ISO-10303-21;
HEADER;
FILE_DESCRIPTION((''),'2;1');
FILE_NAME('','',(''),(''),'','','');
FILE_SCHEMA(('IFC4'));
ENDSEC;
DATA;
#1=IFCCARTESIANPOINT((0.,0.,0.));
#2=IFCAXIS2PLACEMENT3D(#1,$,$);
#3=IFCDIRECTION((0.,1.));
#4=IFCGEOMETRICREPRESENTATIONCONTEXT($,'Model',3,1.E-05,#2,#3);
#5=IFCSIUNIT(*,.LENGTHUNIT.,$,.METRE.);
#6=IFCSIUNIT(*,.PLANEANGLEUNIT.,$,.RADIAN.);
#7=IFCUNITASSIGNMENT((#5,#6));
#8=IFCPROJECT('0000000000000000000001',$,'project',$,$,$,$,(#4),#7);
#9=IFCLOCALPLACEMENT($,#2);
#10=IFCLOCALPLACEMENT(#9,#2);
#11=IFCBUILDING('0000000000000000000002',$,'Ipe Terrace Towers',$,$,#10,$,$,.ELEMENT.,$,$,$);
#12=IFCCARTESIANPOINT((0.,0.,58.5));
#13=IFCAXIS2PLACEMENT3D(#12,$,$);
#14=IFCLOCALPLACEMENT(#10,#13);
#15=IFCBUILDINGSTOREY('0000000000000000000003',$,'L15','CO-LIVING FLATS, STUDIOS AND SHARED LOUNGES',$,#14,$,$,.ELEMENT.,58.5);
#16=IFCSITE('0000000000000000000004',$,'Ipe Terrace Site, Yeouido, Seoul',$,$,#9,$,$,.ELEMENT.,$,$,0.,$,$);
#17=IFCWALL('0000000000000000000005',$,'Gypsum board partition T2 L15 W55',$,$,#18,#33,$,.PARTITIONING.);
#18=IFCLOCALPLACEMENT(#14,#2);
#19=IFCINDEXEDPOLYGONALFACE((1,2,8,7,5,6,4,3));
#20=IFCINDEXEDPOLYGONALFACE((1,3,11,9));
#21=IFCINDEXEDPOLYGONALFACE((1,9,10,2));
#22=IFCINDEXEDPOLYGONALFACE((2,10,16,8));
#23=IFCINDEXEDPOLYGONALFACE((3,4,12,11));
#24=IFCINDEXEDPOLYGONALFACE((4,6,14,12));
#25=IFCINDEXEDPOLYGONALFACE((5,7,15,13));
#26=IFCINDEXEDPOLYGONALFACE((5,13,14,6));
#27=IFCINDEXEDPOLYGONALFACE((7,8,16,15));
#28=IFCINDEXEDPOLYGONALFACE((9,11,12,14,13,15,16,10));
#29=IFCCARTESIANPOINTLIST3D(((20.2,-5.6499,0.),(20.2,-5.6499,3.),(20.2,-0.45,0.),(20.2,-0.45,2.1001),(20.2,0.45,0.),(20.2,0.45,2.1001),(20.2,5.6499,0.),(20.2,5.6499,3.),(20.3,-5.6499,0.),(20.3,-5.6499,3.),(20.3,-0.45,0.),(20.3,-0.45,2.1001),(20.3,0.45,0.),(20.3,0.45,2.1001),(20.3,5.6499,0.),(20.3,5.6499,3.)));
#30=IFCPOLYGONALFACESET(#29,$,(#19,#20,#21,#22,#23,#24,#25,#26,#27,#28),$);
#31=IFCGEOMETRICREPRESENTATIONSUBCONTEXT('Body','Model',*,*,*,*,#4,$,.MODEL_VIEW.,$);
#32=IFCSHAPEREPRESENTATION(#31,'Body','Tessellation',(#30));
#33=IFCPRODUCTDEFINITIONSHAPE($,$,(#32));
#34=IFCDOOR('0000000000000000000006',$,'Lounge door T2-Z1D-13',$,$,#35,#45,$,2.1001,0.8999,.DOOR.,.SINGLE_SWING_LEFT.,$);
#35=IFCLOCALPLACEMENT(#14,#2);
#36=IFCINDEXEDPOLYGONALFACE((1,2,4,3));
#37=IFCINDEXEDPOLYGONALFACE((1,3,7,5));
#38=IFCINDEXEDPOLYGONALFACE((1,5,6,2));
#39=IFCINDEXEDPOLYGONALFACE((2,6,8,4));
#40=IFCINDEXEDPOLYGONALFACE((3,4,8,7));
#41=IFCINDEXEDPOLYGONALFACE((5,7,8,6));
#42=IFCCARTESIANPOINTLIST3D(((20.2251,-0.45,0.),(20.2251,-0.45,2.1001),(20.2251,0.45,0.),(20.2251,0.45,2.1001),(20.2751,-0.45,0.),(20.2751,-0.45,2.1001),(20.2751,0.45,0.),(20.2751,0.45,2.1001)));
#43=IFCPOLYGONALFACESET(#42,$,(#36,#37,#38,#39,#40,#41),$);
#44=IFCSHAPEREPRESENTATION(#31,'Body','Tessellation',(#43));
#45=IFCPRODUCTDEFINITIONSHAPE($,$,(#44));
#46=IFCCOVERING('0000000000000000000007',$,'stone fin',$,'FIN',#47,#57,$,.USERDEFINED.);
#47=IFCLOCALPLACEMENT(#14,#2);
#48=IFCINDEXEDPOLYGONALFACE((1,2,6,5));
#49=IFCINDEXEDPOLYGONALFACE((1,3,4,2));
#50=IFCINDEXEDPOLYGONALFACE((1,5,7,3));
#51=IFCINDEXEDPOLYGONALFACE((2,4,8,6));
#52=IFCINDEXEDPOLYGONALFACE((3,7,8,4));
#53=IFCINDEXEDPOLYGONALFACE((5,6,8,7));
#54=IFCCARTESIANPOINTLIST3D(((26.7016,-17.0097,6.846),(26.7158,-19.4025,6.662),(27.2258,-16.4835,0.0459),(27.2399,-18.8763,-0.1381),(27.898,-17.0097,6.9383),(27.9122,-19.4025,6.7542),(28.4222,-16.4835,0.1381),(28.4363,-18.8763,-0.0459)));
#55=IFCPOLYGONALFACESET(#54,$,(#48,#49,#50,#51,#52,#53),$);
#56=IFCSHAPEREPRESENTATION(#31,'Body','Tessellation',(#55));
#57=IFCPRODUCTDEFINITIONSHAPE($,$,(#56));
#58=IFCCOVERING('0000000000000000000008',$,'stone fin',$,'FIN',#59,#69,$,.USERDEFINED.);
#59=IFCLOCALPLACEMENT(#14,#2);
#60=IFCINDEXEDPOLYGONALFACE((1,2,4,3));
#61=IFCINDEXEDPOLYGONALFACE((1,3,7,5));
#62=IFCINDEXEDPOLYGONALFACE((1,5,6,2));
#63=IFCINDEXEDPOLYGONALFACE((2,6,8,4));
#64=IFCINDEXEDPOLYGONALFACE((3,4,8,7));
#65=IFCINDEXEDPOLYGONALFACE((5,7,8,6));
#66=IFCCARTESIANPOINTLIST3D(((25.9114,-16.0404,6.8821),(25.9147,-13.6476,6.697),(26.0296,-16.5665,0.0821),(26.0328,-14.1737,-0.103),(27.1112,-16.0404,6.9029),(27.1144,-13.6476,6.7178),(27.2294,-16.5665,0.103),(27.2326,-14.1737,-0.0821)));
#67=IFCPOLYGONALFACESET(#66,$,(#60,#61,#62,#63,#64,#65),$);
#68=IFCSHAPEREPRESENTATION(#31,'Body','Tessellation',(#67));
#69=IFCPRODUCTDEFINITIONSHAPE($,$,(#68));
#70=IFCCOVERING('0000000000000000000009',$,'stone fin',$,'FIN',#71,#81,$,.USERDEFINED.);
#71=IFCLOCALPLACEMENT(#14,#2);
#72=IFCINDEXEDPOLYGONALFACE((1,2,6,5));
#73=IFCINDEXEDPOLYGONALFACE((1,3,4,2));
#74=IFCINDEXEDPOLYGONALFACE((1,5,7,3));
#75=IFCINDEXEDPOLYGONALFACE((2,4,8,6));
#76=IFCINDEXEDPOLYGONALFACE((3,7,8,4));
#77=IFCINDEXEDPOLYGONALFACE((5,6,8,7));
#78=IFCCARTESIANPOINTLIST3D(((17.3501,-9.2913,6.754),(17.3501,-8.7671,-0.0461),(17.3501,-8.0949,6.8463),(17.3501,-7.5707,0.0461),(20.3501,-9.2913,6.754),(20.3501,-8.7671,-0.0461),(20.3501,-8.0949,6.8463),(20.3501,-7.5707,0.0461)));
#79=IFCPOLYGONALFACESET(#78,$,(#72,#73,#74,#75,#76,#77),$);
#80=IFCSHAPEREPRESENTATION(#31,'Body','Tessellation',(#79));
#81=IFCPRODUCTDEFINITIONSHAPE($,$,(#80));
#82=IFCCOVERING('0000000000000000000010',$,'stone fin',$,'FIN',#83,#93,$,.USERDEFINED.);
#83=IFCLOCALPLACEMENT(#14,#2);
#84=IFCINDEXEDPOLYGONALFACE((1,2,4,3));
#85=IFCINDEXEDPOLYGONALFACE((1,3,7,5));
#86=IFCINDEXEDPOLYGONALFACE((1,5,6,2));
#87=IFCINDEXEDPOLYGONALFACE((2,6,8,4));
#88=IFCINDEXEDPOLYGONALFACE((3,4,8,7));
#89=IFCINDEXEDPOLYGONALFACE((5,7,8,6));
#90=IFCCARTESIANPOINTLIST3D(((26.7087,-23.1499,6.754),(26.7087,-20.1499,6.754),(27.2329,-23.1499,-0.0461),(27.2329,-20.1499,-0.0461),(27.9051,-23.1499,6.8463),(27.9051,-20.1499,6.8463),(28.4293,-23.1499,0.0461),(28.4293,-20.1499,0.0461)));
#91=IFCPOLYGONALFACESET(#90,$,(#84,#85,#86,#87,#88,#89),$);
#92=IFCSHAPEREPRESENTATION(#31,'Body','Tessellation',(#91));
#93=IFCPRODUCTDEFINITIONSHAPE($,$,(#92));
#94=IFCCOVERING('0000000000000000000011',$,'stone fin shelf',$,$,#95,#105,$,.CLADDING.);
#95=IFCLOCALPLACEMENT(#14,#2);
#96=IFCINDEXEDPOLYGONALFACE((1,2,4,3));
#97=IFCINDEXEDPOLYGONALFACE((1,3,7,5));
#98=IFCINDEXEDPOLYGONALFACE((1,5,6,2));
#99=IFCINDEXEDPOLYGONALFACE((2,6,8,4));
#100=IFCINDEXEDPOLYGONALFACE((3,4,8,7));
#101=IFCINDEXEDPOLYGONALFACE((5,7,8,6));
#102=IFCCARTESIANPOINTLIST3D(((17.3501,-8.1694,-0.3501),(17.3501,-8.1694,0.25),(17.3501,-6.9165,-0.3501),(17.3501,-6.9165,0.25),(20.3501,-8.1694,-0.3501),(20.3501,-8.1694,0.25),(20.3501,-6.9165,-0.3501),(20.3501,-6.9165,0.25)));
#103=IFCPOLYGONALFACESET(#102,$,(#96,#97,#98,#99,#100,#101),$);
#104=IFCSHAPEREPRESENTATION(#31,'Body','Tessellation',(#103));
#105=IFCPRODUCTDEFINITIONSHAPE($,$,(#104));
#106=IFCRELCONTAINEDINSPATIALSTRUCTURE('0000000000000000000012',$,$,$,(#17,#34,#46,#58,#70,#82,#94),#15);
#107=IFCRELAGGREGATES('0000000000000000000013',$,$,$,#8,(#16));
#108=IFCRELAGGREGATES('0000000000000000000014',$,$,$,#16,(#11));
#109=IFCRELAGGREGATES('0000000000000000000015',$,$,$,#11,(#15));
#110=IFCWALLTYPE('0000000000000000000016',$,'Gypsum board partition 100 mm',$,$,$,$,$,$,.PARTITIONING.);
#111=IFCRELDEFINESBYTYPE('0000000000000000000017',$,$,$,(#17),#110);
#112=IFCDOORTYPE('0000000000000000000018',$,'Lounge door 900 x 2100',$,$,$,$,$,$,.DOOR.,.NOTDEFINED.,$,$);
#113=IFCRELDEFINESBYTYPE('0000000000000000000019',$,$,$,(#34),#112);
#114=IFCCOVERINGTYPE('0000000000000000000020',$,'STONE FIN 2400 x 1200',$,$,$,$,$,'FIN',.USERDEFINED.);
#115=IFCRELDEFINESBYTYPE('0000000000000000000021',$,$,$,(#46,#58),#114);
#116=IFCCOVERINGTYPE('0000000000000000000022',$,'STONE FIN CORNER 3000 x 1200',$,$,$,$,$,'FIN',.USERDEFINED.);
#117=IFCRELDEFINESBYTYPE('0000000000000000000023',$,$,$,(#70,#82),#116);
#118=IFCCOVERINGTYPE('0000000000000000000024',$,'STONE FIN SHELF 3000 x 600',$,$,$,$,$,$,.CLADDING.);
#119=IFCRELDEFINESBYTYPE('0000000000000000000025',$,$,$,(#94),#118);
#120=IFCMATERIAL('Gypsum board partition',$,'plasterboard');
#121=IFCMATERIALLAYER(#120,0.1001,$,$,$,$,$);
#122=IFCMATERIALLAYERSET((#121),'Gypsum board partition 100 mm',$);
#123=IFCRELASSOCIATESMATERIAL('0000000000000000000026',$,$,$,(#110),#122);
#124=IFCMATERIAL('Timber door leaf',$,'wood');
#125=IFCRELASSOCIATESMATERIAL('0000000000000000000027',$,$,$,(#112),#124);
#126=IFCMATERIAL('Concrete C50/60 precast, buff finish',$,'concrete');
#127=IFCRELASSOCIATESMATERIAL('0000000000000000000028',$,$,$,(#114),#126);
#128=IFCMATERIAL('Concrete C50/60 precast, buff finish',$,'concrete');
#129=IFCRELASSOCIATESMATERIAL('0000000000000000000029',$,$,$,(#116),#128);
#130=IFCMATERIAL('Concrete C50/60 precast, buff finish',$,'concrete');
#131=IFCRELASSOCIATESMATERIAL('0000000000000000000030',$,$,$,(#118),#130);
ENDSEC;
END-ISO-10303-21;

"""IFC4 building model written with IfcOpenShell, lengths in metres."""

from ifc_helpers import new_model, si_unit, direction, frame, frame_2d, origin, origin_2d, place, context, subcontext, project, spatial, rectangle, extrude, material, layer, layer_set, material_profile, profile_set, type_object, element, fill, save


model = new_model("IFC4")

# Units and contexts
model_context = context("Model", 3, precision=1e-05, world=origin(), true_north=direction((0.0, 1.0)))
body_context = subcontext(model_context, "Body", "Model", "MODEL_VIEW")
ifc_project = project(units=[si_unit("LENGTHUNIT", "METRE"), si_unit("PLANEANGLEUNIT", "RADIAN")], contexts=[model_context])

# Site, building, storey
site_placement = place(None, origin())
site = spatial("IfcSite", under=ifc_project, at=site_placement, Name="Ipe Terrace Site, Yeouido, Seoul", CompositionType="ELEMENT", RefElevation=0.0)
building_placement = place(site_placement, origin())
building = spatial("IfcBuilding", under=site, at=building_placement, Name="Ipe Terrace Towers", CompositionType="ELEMENT")
storey_placement = place(building_placement, frame((0.0, 0.0, 58.5)))
storey = spatial("IfcBuildingStorey", under=building, at=storey_placement, Name="L15", Description="CO-LIVING FLATS, STUDIOS AND SHARED LOUNGES", CompositionType="ELEMENT", Elevation=58.5)

# Shared definitions
ifc_material_1 = material(Name="Gypsum board partition", Category="plasterboard")
ifc_layer_1 = layer(ifc_material_1, 0.1001)
ifc_layer_set_1 = layer_set([ifc_layer_1], Name="Gypsum board partition 100 mm")
wall_type_1 = type_object("IfcWallType", Name="Gypsum board partition 100 mm", PredefinedType="PARTITIONING", material=ifc_layer_set_1)

# Wall, opening, door
wall_1_placement = place(storey_placement, frame((20.25, -5.6499, 0.0), z_axis=(0.0, 0.0, 1.0), x_axis=(0.0, 1.0, 0.0)))
wall_1 = element("IfcWall", 1, at=wall_1_placement, inside=storey, type_object=wall_type_1, Name="Gypsum board partition T2 L15 W55", PredefinedType="PARTITIONING", context=body_context, shape_type="SweptSolid", body=[
    extrude(rectangle(XDim=11.2998, YDim=0.1001, at=frame_2d((5.6499, 0.0))), origin(), (0.0, 0.0, 1.0), 3.0),
])
opening_1_placement = place(wall_1_placement, frame((5.2, 0.0, 0.0)))
opening_1 = element("IfcOpeningElement", 2, at=opening_1_placement, cuts=wall_1, PredefinedType="OPENING", context=body_context, shape_type="SweptSolid", body=[
    extrude(rectangle(XDim=0.8999, YDim=2.1001, at=frame_2d((0.45, 1.05))), frame((0.0, 0.0601, 0.0), z_axis=(0.0, -1.0, 0.0), x_axis=(1.0, 0.0, 0.0)), (0.0, 0.0, 1.0), 0.1201),
])
ifc_material_2 = material(Name="Timber door leaf", Category="wood")
door_type_1 = type_object("IfcDoorType", Name="Lounge door 900 x 2100", OperationType="NOTDEFINED", PredefinedType="DOOR", material=ifc_material_2)
door_1_placement = place(opening_1_placement, origin())
door_1 = element("IfcDoor", 3, at=door_1_placement, inside=storey, type_object=door_type_1, Name="Lounge door T2-Z1D-13", OperationType="SINGLE_SWING_LEFT", OverallHeight=2.1001, OverallWidth=0.8999, PredefinedType="DOOR", context=body_context, shape_type="SweptSolid", body=[
    extrude(rectangle(XDim=0.8999, YDim=2.1001, at=frame_2d((0.45, 1.05))), frame((0.0, 0.0249, 0.0), z_axis=(0.0, -1.0, 0.0), x_axis=(1.0, 0.0, 0.0)), (0.0, 0.0, 1.0), 0.05),
])
fill(opening_1, door_1)

# Coverings
ifc_material_3 = material(Name="Concrete C50/60 precast, buff finish", Category="concrete")
ifc_material_profile_1 = material_profile(ifc_material_3, rectangle(XDim=2.3999, YDim=1.2, at=origin_2d()), Name="STONE FIN 2400 x 1200")
ifc_profile_set_1 = profile_set([ifc_material_profile_1], Name="Concrete C50/60 precast, buff finish")
covering_type_1 = type_object("IfcCoveringType", Name="STONE FIN 2400 x 1200", ElementType="FIN", PredefinedType="USERDEFINED", material=ifc_profile_set_1)
covering_1_placement = place(storey_placement, frame((27.8311, -17.6799, 0.0), z_axis=(-0.076628, -0.076913, 0.994089), x_axis=(0.005911, -0.997038, -0.076686)))
element("IfcCovering", 4, at=covering_1_placement, inside=storey, type_object=covering_type_1, Name="stone fin", ObjectType="FIN", PredefinedType="USERDEFINED", context=body_context, shape_type="SweptSolid", body=[
    extrude(rectangle(XDim=2.3999, YDim=1.2, at=origin_2d()), origin(), (0.0, 0.0, 1.0), 6.8406),
])
covering_2_placement = place(storey_placement, frame((26.6311, -15.3701, 0.0), z_axis=(-0.017323, 0.077128, 0.996871), x_axis=(-0.00134, -0.997021, 0.077117)))
element("IfcCovering", 5, at=covering_2_placement, inside=storey, type_object=covering_type_1, Name="stone fin", ObjectType="FIN", PredefinedType="USERDEFINED", context=body_context, shape_type="SweptSolid", body=[
    extrude(rectangle(XDim=2.3999, YDim=1.2, at=origin_2d()), origin(), (0.0, 0.0, 1.0), 6.8213),
])
ifc_material_4 = material(Name="Concrete C50/60 precast, buff finish", Category="concrete")
ifc_material_profile_2 = material_profile(ifc_material_4, rectangle(XDim=3.0, YDim=1.2, at=origin_2d()), Name="STONE FIN CORNER 3000 x 1200")
ifc_profile_set_2 = profile_set([ifc_material_profile_2], Name="Concrete C50/60 precast, buff finish")
covering_type_2 = type_object("IfcCoveringType", Name="STONE FIN CORNER 3000 x 1200", ElementType="FIN", PredefinedType="USERDEFINED", material=ifc_profile_set_2)
for number, where, z_axis, x_axis, name in (
    (6, (18.8501, -8.1689, 0.0), (0.0, -0.076855, 0.997042), (1.0, 0.0, 0.0), "stone fin"),
    (7, (27.8311, -21.6499, 0.0), (-0.076855, 0.0, 0.997042), (0.0, -1.0, 0.0), "stone fin"),
):
    element("IfcCovering", number, at=place(storey_placement, frame(where, z_axis=z_axis, x_axis=x_axis)), inside=storey, type_object=covering_type_2, Name=name, ObjectType="FIN", PredefinedType="USERDEFINED", context=body_context, shape_type="SweptSolid", body=[
        extrude(rectangle(XDim=3.0, YDim=1.2, at=origin_2d()), origin(), (0.0, 0.0, 1.0), 6.8203),
    ])
ifc_material_5 = material(Name="Concrete C50/60 precast, buff finish", Category="concrete")
covering_type_3 = type_object("IfcCoveringType", Name="STONE FIN SHELF 3000 x 600", PredefinedType="CLADDING", material=ifc_material_5)
covering_3_placement = place(storey_placement, frame((18.8501, -7.543, -0.3501), z_axis=(0.0, 0.0, 1.0), x_axis=(1.0, 0.0, 0.0)))
element("IfcCovering", 8, at=covering_3_placement, inside=storey, type_object=covering_type_3, Name="stone fin shelf", PredefinedType="CLADDING", context=body_context, shape_type="SweptSolid", body=[
    extrude(rectangle(XDim=3.0, YDim=1.2529, at=origin_2d()), origin(), (0.0, 0.0, 1.0), 0.6001),
])

save(model, "model.ifc")
